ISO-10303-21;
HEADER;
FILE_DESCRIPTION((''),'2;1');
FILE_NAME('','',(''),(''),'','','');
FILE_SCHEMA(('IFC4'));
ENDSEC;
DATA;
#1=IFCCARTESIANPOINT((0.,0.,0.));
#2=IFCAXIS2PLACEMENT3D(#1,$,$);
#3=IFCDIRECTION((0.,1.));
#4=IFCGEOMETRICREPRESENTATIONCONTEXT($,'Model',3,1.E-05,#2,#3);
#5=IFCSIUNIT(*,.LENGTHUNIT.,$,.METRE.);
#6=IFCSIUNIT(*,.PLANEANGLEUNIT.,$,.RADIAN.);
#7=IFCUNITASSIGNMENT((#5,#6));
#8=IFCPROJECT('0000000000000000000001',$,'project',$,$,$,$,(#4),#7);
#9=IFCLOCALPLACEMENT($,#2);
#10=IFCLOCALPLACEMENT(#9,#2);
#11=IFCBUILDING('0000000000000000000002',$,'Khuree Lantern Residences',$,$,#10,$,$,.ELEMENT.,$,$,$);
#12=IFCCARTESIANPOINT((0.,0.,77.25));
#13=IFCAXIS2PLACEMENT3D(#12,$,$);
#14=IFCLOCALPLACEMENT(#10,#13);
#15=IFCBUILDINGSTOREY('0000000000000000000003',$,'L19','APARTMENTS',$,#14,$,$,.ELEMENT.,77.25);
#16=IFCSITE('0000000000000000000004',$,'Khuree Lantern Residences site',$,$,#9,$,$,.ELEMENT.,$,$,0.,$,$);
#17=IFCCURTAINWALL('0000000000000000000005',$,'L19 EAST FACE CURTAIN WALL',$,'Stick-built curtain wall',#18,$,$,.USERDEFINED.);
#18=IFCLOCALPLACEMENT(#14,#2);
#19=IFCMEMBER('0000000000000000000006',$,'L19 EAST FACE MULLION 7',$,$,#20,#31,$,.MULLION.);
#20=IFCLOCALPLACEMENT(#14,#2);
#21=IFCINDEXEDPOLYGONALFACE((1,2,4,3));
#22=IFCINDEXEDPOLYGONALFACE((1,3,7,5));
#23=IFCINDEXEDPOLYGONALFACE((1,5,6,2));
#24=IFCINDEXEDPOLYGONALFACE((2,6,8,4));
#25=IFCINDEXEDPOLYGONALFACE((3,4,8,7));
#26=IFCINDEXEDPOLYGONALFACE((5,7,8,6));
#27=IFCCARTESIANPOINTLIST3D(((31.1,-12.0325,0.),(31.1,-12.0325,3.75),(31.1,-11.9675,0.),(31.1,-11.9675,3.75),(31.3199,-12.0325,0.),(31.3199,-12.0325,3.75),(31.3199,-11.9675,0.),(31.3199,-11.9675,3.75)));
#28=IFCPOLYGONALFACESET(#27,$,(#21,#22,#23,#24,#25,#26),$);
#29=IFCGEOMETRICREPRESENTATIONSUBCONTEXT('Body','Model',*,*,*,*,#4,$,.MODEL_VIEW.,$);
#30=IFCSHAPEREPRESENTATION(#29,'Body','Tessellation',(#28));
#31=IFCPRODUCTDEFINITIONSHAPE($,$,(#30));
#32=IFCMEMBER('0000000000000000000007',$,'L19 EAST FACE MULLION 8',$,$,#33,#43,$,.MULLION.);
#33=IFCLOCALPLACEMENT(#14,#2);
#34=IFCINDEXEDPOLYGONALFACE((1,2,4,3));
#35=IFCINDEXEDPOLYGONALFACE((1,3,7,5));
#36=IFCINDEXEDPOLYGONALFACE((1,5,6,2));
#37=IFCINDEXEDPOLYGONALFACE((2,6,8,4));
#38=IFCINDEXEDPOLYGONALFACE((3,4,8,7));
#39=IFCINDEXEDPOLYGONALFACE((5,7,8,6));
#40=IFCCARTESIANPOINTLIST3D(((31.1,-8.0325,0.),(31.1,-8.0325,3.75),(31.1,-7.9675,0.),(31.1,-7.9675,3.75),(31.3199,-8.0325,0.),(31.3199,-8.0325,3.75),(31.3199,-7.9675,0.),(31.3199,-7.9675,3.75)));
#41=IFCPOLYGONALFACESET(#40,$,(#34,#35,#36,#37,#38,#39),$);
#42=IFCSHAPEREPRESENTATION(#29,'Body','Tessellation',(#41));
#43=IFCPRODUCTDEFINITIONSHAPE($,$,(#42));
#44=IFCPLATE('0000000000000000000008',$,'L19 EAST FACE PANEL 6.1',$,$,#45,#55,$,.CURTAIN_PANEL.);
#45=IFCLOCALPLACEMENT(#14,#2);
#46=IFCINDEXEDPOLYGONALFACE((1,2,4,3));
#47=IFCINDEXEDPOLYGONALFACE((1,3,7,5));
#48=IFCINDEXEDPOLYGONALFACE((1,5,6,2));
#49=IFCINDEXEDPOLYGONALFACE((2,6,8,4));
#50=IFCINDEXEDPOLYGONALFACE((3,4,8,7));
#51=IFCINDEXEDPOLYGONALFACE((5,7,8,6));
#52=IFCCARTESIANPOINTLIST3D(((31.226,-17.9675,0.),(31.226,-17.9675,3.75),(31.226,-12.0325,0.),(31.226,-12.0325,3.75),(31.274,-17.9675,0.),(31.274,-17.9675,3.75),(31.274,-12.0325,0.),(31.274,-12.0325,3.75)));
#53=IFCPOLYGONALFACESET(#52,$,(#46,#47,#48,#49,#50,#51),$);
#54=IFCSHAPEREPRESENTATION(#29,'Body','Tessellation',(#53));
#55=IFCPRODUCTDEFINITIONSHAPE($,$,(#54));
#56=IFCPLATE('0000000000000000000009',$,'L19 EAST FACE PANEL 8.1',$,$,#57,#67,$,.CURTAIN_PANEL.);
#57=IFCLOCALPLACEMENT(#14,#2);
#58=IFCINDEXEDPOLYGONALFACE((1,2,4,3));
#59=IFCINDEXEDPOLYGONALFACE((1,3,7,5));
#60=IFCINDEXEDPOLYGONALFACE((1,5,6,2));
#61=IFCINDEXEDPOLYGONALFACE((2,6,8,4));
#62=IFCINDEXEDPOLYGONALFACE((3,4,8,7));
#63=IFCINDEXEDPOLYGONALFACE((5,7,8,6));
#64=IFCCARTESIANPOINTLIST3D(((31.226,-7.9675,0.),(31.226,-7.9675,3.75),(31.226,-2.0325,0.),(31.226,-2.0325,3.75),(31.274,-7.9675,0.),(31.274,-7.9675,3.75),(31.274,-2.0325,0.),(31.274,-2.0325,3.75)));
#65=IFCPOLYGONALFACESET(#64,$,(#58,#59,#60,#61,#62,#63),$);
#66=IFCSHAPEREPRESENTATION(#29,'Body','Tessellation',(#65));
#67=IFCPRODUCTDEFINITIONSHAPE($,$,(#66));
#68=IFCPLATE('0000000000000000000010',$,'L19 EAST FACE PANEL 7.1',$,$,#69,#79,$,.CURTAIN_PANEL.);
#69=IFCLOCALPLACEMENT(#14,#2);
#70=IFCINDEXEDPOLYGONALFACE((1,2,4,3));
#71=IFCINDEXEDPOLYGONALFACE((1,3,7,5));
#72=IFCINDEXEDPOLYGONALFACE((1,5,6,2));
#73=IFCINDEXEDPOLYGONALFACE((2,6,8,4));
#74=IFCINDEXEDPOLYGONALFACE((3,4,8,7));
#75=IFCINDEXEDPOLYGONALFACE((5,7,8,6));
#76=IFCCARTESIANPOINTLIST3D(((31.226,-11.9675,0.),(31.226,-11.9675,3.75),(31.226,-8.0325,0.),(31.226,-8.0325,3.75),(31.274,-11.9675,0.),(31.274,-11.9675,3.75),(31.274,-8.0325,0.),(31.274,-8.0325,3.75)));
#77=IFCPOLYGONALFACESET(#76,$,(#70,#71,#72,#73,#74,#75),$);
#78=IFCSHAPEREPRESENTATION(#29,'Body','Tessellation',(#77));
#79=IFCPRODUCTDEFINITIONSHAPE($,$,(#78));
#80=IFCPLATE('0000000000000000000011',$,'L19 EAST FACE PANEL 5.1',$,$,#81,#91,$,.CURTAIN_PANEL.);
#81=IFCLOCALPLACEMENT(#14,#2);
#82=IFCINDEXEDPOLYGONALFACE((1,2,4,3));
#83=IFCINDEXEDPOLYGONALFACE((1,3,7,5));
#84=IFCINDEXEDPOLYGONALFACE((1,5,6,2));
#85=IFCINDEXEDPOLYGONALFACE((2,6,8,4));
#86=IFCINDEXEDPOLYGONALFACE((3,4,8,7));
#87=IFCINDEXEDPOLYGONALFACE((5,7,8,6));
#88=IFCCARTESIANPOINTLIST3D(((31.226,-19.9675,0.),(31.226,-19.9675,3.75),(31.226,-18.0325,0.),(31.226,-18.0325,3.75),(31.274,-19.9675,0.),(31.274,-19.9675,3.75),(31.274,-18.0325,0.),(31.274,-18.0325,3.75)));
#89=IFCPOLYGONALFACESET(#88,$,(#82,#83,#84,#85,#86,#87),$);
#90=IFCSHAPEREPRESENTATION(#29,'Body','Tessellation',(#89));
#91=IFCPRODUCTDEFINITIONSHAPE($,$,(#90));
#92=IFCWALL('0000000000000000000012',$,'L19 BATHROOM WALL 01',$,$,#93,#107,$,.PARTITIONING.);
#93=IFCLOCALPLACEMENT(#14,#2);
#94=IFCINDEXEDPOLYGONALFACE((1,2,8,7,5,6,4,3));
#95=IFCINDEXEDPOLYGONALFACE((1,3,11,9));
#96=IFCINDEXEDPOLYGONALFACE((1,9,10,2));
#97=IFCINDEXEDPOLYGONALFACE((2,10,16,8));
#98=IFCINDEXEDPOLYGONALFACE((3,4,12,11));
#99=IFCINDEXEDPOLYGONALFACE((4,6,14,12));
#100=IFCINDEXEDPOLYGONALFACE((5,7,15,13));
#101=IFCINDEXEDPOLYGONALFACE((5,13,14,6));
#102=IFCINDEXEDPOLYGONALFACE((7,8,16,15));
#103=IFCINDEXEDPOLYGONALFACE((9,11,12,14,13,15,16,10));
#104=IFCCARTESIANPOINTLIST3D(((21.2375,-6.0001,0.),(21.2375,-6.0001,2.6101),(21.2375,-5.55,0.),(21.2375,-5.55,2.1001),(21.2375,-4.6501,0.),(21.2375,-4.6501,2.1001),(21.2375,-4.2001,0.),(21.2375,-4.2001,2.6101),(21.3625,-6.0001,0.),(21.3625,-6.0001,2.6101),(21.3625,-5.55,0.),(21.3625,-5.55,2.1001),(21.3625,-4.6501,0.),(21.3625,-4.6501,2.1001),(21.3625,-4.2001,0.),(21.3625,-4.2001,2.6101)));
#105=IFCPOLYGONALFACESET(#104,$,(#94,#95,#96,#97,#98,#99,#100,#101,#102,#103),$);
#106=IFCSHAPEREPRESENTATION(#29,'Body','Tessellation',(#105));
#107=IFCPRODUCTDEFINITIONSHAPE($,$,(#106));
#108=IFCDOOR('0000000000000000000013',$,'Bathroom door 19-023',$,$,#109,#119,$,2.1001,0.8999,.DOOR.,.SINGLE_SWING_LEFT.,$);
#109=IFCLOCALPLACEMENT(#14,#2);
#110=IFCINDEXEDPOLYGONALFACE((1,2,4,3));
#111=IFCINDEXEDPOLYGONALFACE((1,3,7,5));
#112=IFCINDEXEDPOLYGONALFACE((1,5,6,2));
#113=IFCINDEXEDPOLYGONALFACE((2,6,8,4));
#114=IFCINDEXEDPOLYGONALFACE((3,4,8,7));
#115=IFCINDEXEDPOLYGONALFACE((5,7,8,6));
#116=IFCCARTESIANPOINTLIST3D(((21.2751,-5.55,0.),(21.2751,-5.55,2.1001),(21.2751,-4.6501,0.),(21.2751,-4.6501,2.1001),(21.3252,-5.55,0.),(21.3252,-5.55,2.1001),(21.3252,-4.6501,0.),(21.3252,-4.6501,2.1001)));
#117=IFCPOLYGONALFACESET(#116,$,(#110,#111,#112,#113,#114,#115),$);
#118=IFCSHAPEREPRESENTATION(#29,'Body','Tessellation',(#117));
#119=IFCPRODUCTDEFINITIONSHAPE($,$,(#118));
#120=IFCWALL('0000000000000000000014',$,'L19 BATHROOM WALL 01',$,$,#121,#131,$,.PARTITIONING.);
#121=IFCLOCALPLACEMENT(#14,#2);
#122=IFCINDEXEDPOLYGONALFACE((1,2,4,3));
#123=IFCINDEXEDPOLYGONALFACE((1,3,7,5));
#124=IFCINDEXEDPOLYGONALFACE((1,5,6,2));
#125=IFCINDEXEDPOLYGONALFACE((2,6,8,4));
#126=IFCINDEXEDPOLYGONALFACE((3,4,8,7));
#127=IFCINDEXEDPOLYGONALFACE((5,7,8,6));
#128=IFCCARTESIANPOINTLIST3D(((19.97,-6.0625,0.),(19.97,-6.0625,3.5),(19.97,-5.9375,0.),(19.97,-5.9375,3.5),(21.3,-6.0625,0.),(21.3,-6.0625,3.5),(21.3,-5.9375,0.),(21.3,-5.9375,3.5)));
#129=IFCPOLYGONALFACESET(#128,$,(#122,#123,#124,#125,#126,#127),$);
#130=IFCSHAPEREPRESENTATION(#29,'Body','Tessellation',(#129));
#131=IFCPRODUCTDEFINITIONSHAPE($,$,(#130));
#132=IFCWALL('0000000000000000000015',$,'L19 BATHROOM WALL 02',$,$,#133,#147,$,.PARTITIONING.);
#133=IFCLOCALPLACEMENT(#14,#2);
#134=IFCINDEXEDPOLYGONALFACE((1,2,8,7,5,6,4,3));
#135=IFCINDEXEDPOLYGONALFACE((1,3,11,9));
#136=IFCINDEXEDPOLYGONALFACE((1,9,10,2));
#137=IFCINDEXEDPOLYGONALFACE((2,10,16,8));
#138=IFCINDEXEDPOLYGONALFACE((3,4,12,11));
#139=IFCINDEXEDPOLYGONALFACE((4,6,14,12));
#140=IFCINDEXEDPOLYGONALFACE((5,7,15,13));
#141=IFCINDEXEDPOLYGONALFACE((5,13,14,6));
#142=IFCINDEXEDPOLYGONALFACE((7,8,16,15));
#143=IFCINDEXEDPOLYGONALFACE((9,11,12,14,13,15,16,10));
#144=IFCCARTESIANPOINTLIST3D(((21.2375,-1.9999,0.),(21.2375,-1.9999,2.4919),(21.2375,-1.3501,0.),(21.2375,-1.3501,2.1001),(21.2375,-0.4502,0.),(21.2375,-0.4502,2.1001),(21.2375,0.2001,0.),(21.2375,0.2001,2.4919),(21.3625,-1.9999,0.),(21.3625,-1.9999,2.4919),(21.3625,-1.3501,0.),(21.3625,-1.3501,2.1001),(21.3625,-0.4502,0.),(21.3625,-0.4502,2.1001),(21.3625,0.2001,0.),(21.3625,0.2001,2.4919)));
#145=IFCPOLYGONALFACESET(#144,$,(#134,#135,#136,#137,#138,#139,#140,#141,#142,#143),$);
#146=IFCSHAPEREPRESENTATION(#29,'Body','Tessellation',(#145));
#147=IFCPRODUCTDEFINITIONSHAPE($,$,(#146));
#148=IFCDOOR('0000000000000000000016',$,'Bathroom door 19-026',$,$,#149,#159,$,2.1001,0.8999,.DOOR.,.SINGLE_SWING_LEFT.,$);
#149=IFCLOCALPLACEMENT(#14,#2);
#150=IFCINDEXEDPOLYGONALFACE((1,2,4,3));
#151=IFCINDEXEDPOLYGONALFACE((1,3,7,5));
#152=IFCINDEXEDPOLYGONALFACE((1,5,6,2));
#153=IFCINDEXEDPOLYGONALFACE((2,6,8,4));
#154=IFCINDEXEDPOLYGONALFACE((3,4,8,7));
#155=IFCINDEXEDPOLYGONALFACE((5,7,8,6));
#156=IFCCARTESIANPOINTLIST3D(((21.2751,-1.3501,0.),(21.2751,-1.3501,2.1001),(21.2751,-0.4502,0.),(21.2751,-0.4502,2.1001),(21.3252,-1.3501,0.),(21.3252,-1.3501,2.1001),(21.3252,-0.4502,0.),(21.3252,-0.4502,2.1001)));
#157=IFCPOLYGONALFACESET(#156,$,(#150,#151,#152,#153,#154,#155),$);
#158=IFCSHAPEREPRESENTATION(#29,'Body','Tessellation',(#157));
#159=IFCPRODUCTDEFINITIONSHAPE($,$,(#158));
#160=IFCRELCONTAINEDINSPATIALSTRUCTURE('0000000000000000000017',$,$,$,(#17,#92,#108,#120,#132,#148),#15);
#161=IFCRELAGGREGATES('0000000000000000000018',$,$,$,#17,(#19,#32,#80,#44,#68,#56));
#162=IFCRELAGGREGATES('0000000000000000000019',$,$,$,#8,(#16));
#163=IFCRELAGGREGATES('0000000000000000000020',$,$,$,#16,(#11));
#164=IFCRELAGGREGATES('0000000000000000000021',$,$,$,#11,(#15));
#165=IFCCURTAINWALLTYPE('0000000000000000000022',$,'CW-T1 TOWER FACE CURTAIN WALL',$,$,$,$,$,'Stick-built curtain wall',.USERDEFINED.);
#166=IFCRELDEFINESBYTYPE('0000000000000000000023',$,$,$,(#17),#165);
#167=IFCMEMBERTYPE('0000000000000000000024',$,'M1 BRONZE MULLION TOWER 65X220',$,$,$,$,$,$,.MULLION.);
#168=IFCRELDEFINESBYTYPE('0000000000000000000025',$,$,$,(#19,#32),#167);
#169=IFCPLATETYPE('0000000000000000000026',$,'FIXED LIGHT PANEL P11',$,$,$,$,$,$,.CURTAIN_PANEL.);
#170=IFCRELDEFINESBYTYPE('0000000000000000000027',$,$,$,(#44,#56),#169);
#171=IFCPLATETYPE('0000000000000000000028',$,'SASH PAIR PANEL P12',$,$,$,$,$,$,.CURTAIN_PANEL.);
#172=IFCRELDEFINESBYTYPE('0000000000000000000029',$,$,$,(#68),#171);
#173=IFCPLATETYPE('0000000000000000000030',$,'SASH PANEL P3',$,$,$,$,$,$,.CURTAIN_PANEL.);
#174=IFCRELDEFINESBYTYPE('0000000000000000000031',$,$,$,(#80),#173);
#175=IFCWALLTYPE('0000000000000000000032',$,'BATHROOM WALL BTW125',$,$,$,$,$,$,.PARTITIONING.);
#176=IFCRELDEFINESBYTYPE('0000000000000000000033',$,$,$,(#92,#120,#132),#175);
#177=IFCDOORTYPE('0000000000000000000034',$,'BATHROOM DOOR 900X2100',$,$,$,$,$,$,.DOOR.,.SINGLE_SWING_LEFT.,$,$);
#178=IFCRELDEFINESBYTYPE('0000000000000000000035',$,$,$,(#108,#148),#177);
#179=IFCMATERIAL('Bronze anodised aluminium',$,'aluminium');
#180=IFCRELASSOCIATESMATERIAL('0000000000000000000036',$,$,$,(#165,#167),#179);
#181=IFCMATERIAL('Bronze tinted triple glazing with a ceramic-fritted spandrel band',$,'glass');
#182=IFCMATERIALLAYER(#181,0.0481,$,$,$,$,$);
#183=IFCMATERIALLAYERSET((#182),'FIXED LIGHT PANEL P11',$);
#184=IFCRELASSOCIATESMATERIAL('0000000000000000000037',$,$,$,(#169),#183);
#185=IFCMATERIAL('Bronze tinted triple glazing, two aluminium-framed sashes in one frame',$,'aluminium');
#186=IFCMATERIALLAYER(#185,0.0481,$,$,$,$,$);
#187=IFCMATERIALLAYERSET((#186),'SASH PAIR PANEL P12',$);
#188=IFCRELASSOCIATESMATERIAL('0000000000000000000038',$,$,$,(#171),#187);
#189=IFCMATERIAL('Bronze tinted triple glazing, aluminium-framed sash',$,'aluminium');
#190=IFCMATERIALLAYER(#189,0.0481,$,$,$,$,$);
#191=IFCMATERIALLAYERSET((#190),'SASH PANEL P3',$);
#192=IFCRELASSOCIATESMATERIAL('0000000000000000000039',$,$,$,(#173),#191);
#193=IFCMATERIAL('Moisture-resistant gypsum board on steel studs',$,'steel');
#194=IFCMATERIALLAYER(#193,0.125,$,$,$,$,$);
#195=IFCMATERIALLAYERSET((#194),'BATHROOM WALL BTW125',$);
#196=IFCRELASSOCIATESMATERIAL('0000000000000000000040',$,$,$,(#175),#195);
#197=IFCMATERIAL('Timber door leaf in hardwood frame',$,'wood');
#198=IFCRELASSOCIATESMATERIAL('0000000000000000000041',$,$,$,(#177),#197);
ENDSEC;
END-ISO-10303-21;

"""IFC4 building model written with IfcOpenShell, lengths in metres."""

from ifc_helpers import new_model, si_unit, direction, frame, frame_2d, origin, origin_2d, place, context, subcontext, project, spatial, rectangle, extrude, material, layer, layer_set, material_profile, profile_set, type_object, element, fill, aggregate, save


model = new_model("IFC4")

# Units and contexts
model_context = context("Model", 3, precision=1e-05, world=origin(), true_north=direction((0.0, 1.0)))
body_context = subcontext(model_context, "Body", "Model", "MODEL_VIEW")
ifc_project = project(units=[si_unit("LENGTHUNIT", "METRE"), si_unit("PLANEANGLEUNIT", "RADIAN")], contexts=[model_context])

# Site, building, storey
site_placement = place(None, origin())
site = spatial("IfcSite", under=ifc_project, at=site_placement, Name="Khuree Lantern Residences site", CompositionType="ELEMENT", RefElevation=0.0)
building_placement = place(site_placement, origin())
building = spatial("IfcBuilding", under=site, at=building_placement, Name="Khuree Lantern Residences", CompositionType="ELEMENT")
storey_placement = place(building_placement, frame((0.0, 0.0, 77.25)))
storey = spatial("IfcBuildingStorey", under=building, at=storey_placement, Name="L19", Description="APARTMENTS", CompositionType="ELEMENT", Elevation=77.25)

# Curtain wall
ifc_material_1 = material(Name="Bronze anodised aluminium", Category="aluminium")
curtain_wall_type = type_object("IfcCurtainWallType", Name="CW-T1 TOWER FACE CURTAIN WALL", ElementType="Stick-built curtain wall", PredefinedType="USERDEFINED", material=ifc_material_1)
curtain_wall_placement = place(storey_placement, origin())
curtain_wall = element("IfcCurtainWall", 1, at=curtain_wall_placement, inside=storey, type_object=curtain_wall_type, Name="L19 EAST FACE CURTAIN WALL", ObjectType="Stick-built curtain wall", PredefinedType="USERDEFINED")

# Members
ifc_material_profile_1 = material_profile(ifc_material_1, rectangle(XDim=0.0649, YDim=0.22, at=origin_2d()), Name="M1 65X220")
ifc_profile_set_1 = profile_set([ifc_material_profile_1], Name="Bronze anodised aluminium")
member_type_1 = type_object("IfcMemberType", Name="M1 BRONZE MULLION TOWER 65X220", PredefinedType="MULLION", material=ifc_profile_set_1)
member_1_placement = place(storey_placement, frame((31.21, -12.0, 0.0), z_axis=(0.0, 0.0, 1.0), x_axis=(0.0, 1.0, 0.0)))
member_1 = element("IfcMember", 2, at=member_1_placement, type_object=member_type_1, Name="L19 EAST FACE MULLION 7", PredefinedType="MULLION", context=body_context, shape_type="SweptSolid", body=[
    extrude(rectangle(XDim=0.0649, YDim=0.22, at=origin_2d()), origin(), (0.0, 0.0, 1.0), 3.75),
])
member_2_placement = place(storey_placement, frame((31.21, -8.0, 0.0), z_axis=(0.0, 0.0, 1.0), x_axis=(0.0, 1.0, 0.0)))
member_2 = element("IfcMember", 3, at=member_2_placement, type_object=member_type_1, Name="L19 EAST FACE MULLION 8", PredefinedType="MULLION", context=body_context, shape_type="SweptSolid", body=[
    extrude(rectangle(XDim=0.0649, YDim=0.22, at=origin_2d()), origin(), (0.0, 0.0, 1.0), 3.75),
])

# Plates
ifc_material_2 = material(Name="Bronze tinted triple glazing with a ceramic-fritted spandrel band", Category="glass")
ifc_layer_1 = layer(ifc_material_2, 0.0481)
ifc_layer_set_1 = layer_set([ifc_layer_1], Name="FIXED LIGHT PANEL P11")
plate_type_1 = type_object("IfcPlateType", Name="FIXED LIGHT PANEL P11", PredefinedType="CURTAIN_PANEL", material=ifc_layer_set_1)
plate_1_placement = place(storey_placement, frame((31.25, -15.0, 0.0), z_axis=(0.0, 0.0, 1.0), x_axis=(0.0, 1.0, 0.0)))
plate_1 = element("IfcPlate", 4, at=plate_1_placement, type_object=plate_type_1, Name="L19 EAST FACE PANEL 6.1", PredefinedType="CURTAIN_PANEL", context=body_context, shape_type="SweptSolid", body=[
    extrude(rectangle(XDim=5.9351, YDim=0.0481, at=origin_2d()), origin(), (0.0, 0.0, 1.0), 3.75),
])
plate_2_placement = place(storey_placement, frame((31.25, -5.0, 0.0), z_axis=(0.0, 0.0, 1.0), x_axis=(0.0, 1.0, 0.0)))
plate_2 = element("IfcPlate", 5, at=plate_2_placement, type_object=plate_type_1, Name="L19 EAST FACE PANEL 8.1", PredefinedType="CURTAIN_PANEL", context=body_context, shape_type="SweptSolid", body=[
    extrude(rectangle(XDim=5.9351, YDim=0.0481, at=origin_2d()), origin(), (0.0, 0.0, 1.0), 3.75),
])
ifc_material_3 = material(Name="Bronze tinted triple glazing, two aluminium-framed sashes in one frame", Category="aluminium")
ifc_layer_2 = layer(ifc_material_3, 0.0481)
ifc_layer_set_2 = layer_set([ifc_layer_2], Name="SASH PAIR PANEL P12")
plate_type_2 = type_object("IfcPlateType", Name="SASH PAIR PANEL P12", PredefinedType="CURTAIN_PANEL", material=ifc_layer_set_2)
plate_3_placement = place(storey_placement, frame((31.25, -10.0, 0.0), z_axis=(0.0, 0.0, 1.0), x_axis=(0.0, 1.0, 0.0)))
plate_3 = element("IfcPlate", 6, at=plate_3_placement, type_object=plate_type_2, Name="L19 EAST FACE PANEL 7.1", PredefinedType="CURTAIN_PANEL", context=body_context, shape_type="SweptSolid", body=[
    extrude(rectangle(XDim=3.9351, YDim=0.0481, at=origin_2d()), origin(), (0.0, 0.0, 1.0), 3.75),
])
ifc_material_4 = material(Name="Bronze tinted triple glazing, aluminium-framed sash", Category="aluminium")
ifc_layer_3 = layer(ifc_material_4, 0.0481)
ifc_layer_set_3 = layer_set([ifc_layer_3], Name="SASH PANEL P3")
plate_type_3 = type_object("IfcPlateType", Name="SASH PANEL P3", PredefinedType="CURTAIN_PANEL", material=ifc_layer_set_3)
plate_4_placement = place(storey_placement, frame((31.25, -19.0, 0.0), z_axis=(0.0, 0.0, 1.0), x_axis=(0.0, 1.0, 0.0)))
plate_4 = element("IfcPlate", 7, at=plate_4_placement, type_object=plate_type_3, Name="L19 EAST FACE PANEL 5.1", PredefinedType="CURTAIN_PANEL", context=body_context, shape_type="SweptSolid", body=[
    extrude(rectangle(XDim=1.9351, YDim=0.0481, at=origin_2d()), origin(), (0.0, 0.0, 1.0), 3.75),
])
aggregate(curtain_wall, [member_1, member_2, plate_4, plate_1, plate_3, plate_2])

# Wall, opening, door
ifc_material_5 = material(Name="Moisture-resistant gypsum board on steel studs", Category="steel")
ifc_layer_4 = layer(ifc_material_5, 0.125)
ifc_layer_set_4 = layer_set([ifc_layer_4], Name="BATHROOM WALL BTW125")
wall_type_1 = type_object("IfcWallType", Name="BATHROOM WALL BTW125", PredefinedType="PARTITIONING", material=ifc_layer_set_4)
wall_1_placement = place(storey_placement, frame((21.3, -6.0, 0.0), z_axis=(0.0, 0.0, 1.0), x_axis=(0.0, 1.0, 0.0)))
wall_1 = element("IfcWall", 8, at=wall_1_placement, inside=storey, type_object=wall_type_1, Name="L19 BATHROOM WALL 01", PredefinedType="PARTITIONING", context=body_context, shape_type="SweptSolid", body=[
    extrude(rectangle(XDim=1.8, YDim=0.125, at=frame_2d((0.8999, 0.0))), origin(), (0.0, 0.0, 1.0), 2.6101),
])
opening_1_placement = place(wall_1_placement, frame((0.45, 0.0, 0.0)))
opening_1 = element("IfcOpeningElement", 9, at=opening_1_placement, cuts=wall_1, PredefinedType="OPENING", context=body_context, shape_type="SweptSolid", body=[
    extrude(rectangle(XDim=0.8999, YDim=2.1001, at=frame_2d((0.45, 1.05))), frame((0.0, 0.0725, 0.0), z_axis=(0.0, -1.0, 0.0), x_axis=(1.0, 0.0, 0.0)), (0.0, 0.0, 1.0), 0.145),
])
ifc_material_6 = material(Name="Timber door leaf in hardwood frame", Category="wood")
door_type_1 = type_object("IfcDoorType", Name="BATHROOM DOOR 900X2100", OperationType="SINGLE_SWING_LEFT", PredefinedType="DOOR", material=ifc_material_6)
door_1_placement = place(opening_1_placement, origin())
door_1 = element("IfcDoor", 10, at=door_1_placement, inside=storey, type_object=door_type_1, Name="Bathroom door 19-023", OperationType="SINGLE_SWING_LEFT", OverallHeight=2.1001, OverallWidth=0.8999, PredefinedType="DOOR", context=body_context, shape_type="SweptSolid", body=[
    extrude(rectangle(XDim=0.8999, YDim=2.1001, at=frame_2d((0.45, 1.05))), frame((0.0, 0.0249, 0.0), z_axis=(0.0, -1.0, 0.0), x_axis=(1.0, 0.0, 0.0)), (0.0, 0.0, 1.0), 0.05),
])
fill(opening_1, door_1)

# Wall
wall_2_placement = place(storey_placement, frame((19.97, -6.0, 0.0), z_axis=(0.0, 0.0, 1.0), x_axis=(1.0, 0.0, 0.0)))
element("IfcWall", 11, at=wall_2_placement, inside=storey, type_object=wall_type_1, Name="L19 BATHROOM WALL 01", PredefinedType="PARTITIONING", context=body_context, shape_type="SweptSolid", body=[
    extrude(rectangle(XDim=1.3301, YDim=0.125, at=frame_2d((0.665, 0.0))), origin(), (0.0, 0.0, 1.0), 3.5),
])

# Wall, opening, door
wall_3_placement = place(storey_placement, frame((21.3, -2.0, 0.0), z_axis=(0.0, 0.0, 1.0), x_axis=(0.0, 1.0, 0.0)))
wall_3 = element("IfcWall", 12, at=wall_3_placement, inside=storey, type_object=wall_type_1, Name="L19 BATHROOM WALL 02", PredefinedType="PARTITIONING", context=body_context, shape_type="SweptSolid", body=[
    extrude(rectangle(XDim=2.2, YDim=0.125, at=frame_2d((1.1001, 0.0))), origin(), (0.0, 0.0, 1.0), 2.4919),
])
opening_2_placement = place(wall_3_placement, frame((0.6499, 0.0, 0.0)))
opening_2 = element("IfcOpeningElement", 13, at=opening_2_placement, cuts=wall_3, PredefinedType="OPENING", context=body_context, shape_type="SweptSolid", body=[
    extrude(rectangle(XDim=0.8999, YDim=2.1001, at=frame_2d((0.45, 1.05))), frame((0.0, 0.0725, 0.0), z_axis=(0.0, -1.0, 0.0), x_axis=(1.0, 0.0, 0.0)), (0.0, 0.0, 1.0), 0.145),
])
door_2_placement = place(opening_2_placement, origin())
door_2 = element("IfcDoor", 14, at=door_2_placement, inside=storey, type_object=door_type_1, Name="Bathroom door 19-026", OperationType="SINGLE_SWING_LEFT", OverallHeight=2.1001, OverallWidth=0.8999, PredefinedType="DOOR", context=body_context, shape_type="SweptSolid", body=[
    extrude(rectangle(XDim=0.8999, YDim=2.1001, at=frame_2d((0.45, 1.05))), frame((0.0, 0.0249, 0.0), z_axis=(0.0, -1.0, 0.0), x_axis=(1.0, 0.0, 0.0)), (0.0, 0.0, 1.0), 0.05),
])
fill(opening_2, door_2)

save(model, "model.ifc")
